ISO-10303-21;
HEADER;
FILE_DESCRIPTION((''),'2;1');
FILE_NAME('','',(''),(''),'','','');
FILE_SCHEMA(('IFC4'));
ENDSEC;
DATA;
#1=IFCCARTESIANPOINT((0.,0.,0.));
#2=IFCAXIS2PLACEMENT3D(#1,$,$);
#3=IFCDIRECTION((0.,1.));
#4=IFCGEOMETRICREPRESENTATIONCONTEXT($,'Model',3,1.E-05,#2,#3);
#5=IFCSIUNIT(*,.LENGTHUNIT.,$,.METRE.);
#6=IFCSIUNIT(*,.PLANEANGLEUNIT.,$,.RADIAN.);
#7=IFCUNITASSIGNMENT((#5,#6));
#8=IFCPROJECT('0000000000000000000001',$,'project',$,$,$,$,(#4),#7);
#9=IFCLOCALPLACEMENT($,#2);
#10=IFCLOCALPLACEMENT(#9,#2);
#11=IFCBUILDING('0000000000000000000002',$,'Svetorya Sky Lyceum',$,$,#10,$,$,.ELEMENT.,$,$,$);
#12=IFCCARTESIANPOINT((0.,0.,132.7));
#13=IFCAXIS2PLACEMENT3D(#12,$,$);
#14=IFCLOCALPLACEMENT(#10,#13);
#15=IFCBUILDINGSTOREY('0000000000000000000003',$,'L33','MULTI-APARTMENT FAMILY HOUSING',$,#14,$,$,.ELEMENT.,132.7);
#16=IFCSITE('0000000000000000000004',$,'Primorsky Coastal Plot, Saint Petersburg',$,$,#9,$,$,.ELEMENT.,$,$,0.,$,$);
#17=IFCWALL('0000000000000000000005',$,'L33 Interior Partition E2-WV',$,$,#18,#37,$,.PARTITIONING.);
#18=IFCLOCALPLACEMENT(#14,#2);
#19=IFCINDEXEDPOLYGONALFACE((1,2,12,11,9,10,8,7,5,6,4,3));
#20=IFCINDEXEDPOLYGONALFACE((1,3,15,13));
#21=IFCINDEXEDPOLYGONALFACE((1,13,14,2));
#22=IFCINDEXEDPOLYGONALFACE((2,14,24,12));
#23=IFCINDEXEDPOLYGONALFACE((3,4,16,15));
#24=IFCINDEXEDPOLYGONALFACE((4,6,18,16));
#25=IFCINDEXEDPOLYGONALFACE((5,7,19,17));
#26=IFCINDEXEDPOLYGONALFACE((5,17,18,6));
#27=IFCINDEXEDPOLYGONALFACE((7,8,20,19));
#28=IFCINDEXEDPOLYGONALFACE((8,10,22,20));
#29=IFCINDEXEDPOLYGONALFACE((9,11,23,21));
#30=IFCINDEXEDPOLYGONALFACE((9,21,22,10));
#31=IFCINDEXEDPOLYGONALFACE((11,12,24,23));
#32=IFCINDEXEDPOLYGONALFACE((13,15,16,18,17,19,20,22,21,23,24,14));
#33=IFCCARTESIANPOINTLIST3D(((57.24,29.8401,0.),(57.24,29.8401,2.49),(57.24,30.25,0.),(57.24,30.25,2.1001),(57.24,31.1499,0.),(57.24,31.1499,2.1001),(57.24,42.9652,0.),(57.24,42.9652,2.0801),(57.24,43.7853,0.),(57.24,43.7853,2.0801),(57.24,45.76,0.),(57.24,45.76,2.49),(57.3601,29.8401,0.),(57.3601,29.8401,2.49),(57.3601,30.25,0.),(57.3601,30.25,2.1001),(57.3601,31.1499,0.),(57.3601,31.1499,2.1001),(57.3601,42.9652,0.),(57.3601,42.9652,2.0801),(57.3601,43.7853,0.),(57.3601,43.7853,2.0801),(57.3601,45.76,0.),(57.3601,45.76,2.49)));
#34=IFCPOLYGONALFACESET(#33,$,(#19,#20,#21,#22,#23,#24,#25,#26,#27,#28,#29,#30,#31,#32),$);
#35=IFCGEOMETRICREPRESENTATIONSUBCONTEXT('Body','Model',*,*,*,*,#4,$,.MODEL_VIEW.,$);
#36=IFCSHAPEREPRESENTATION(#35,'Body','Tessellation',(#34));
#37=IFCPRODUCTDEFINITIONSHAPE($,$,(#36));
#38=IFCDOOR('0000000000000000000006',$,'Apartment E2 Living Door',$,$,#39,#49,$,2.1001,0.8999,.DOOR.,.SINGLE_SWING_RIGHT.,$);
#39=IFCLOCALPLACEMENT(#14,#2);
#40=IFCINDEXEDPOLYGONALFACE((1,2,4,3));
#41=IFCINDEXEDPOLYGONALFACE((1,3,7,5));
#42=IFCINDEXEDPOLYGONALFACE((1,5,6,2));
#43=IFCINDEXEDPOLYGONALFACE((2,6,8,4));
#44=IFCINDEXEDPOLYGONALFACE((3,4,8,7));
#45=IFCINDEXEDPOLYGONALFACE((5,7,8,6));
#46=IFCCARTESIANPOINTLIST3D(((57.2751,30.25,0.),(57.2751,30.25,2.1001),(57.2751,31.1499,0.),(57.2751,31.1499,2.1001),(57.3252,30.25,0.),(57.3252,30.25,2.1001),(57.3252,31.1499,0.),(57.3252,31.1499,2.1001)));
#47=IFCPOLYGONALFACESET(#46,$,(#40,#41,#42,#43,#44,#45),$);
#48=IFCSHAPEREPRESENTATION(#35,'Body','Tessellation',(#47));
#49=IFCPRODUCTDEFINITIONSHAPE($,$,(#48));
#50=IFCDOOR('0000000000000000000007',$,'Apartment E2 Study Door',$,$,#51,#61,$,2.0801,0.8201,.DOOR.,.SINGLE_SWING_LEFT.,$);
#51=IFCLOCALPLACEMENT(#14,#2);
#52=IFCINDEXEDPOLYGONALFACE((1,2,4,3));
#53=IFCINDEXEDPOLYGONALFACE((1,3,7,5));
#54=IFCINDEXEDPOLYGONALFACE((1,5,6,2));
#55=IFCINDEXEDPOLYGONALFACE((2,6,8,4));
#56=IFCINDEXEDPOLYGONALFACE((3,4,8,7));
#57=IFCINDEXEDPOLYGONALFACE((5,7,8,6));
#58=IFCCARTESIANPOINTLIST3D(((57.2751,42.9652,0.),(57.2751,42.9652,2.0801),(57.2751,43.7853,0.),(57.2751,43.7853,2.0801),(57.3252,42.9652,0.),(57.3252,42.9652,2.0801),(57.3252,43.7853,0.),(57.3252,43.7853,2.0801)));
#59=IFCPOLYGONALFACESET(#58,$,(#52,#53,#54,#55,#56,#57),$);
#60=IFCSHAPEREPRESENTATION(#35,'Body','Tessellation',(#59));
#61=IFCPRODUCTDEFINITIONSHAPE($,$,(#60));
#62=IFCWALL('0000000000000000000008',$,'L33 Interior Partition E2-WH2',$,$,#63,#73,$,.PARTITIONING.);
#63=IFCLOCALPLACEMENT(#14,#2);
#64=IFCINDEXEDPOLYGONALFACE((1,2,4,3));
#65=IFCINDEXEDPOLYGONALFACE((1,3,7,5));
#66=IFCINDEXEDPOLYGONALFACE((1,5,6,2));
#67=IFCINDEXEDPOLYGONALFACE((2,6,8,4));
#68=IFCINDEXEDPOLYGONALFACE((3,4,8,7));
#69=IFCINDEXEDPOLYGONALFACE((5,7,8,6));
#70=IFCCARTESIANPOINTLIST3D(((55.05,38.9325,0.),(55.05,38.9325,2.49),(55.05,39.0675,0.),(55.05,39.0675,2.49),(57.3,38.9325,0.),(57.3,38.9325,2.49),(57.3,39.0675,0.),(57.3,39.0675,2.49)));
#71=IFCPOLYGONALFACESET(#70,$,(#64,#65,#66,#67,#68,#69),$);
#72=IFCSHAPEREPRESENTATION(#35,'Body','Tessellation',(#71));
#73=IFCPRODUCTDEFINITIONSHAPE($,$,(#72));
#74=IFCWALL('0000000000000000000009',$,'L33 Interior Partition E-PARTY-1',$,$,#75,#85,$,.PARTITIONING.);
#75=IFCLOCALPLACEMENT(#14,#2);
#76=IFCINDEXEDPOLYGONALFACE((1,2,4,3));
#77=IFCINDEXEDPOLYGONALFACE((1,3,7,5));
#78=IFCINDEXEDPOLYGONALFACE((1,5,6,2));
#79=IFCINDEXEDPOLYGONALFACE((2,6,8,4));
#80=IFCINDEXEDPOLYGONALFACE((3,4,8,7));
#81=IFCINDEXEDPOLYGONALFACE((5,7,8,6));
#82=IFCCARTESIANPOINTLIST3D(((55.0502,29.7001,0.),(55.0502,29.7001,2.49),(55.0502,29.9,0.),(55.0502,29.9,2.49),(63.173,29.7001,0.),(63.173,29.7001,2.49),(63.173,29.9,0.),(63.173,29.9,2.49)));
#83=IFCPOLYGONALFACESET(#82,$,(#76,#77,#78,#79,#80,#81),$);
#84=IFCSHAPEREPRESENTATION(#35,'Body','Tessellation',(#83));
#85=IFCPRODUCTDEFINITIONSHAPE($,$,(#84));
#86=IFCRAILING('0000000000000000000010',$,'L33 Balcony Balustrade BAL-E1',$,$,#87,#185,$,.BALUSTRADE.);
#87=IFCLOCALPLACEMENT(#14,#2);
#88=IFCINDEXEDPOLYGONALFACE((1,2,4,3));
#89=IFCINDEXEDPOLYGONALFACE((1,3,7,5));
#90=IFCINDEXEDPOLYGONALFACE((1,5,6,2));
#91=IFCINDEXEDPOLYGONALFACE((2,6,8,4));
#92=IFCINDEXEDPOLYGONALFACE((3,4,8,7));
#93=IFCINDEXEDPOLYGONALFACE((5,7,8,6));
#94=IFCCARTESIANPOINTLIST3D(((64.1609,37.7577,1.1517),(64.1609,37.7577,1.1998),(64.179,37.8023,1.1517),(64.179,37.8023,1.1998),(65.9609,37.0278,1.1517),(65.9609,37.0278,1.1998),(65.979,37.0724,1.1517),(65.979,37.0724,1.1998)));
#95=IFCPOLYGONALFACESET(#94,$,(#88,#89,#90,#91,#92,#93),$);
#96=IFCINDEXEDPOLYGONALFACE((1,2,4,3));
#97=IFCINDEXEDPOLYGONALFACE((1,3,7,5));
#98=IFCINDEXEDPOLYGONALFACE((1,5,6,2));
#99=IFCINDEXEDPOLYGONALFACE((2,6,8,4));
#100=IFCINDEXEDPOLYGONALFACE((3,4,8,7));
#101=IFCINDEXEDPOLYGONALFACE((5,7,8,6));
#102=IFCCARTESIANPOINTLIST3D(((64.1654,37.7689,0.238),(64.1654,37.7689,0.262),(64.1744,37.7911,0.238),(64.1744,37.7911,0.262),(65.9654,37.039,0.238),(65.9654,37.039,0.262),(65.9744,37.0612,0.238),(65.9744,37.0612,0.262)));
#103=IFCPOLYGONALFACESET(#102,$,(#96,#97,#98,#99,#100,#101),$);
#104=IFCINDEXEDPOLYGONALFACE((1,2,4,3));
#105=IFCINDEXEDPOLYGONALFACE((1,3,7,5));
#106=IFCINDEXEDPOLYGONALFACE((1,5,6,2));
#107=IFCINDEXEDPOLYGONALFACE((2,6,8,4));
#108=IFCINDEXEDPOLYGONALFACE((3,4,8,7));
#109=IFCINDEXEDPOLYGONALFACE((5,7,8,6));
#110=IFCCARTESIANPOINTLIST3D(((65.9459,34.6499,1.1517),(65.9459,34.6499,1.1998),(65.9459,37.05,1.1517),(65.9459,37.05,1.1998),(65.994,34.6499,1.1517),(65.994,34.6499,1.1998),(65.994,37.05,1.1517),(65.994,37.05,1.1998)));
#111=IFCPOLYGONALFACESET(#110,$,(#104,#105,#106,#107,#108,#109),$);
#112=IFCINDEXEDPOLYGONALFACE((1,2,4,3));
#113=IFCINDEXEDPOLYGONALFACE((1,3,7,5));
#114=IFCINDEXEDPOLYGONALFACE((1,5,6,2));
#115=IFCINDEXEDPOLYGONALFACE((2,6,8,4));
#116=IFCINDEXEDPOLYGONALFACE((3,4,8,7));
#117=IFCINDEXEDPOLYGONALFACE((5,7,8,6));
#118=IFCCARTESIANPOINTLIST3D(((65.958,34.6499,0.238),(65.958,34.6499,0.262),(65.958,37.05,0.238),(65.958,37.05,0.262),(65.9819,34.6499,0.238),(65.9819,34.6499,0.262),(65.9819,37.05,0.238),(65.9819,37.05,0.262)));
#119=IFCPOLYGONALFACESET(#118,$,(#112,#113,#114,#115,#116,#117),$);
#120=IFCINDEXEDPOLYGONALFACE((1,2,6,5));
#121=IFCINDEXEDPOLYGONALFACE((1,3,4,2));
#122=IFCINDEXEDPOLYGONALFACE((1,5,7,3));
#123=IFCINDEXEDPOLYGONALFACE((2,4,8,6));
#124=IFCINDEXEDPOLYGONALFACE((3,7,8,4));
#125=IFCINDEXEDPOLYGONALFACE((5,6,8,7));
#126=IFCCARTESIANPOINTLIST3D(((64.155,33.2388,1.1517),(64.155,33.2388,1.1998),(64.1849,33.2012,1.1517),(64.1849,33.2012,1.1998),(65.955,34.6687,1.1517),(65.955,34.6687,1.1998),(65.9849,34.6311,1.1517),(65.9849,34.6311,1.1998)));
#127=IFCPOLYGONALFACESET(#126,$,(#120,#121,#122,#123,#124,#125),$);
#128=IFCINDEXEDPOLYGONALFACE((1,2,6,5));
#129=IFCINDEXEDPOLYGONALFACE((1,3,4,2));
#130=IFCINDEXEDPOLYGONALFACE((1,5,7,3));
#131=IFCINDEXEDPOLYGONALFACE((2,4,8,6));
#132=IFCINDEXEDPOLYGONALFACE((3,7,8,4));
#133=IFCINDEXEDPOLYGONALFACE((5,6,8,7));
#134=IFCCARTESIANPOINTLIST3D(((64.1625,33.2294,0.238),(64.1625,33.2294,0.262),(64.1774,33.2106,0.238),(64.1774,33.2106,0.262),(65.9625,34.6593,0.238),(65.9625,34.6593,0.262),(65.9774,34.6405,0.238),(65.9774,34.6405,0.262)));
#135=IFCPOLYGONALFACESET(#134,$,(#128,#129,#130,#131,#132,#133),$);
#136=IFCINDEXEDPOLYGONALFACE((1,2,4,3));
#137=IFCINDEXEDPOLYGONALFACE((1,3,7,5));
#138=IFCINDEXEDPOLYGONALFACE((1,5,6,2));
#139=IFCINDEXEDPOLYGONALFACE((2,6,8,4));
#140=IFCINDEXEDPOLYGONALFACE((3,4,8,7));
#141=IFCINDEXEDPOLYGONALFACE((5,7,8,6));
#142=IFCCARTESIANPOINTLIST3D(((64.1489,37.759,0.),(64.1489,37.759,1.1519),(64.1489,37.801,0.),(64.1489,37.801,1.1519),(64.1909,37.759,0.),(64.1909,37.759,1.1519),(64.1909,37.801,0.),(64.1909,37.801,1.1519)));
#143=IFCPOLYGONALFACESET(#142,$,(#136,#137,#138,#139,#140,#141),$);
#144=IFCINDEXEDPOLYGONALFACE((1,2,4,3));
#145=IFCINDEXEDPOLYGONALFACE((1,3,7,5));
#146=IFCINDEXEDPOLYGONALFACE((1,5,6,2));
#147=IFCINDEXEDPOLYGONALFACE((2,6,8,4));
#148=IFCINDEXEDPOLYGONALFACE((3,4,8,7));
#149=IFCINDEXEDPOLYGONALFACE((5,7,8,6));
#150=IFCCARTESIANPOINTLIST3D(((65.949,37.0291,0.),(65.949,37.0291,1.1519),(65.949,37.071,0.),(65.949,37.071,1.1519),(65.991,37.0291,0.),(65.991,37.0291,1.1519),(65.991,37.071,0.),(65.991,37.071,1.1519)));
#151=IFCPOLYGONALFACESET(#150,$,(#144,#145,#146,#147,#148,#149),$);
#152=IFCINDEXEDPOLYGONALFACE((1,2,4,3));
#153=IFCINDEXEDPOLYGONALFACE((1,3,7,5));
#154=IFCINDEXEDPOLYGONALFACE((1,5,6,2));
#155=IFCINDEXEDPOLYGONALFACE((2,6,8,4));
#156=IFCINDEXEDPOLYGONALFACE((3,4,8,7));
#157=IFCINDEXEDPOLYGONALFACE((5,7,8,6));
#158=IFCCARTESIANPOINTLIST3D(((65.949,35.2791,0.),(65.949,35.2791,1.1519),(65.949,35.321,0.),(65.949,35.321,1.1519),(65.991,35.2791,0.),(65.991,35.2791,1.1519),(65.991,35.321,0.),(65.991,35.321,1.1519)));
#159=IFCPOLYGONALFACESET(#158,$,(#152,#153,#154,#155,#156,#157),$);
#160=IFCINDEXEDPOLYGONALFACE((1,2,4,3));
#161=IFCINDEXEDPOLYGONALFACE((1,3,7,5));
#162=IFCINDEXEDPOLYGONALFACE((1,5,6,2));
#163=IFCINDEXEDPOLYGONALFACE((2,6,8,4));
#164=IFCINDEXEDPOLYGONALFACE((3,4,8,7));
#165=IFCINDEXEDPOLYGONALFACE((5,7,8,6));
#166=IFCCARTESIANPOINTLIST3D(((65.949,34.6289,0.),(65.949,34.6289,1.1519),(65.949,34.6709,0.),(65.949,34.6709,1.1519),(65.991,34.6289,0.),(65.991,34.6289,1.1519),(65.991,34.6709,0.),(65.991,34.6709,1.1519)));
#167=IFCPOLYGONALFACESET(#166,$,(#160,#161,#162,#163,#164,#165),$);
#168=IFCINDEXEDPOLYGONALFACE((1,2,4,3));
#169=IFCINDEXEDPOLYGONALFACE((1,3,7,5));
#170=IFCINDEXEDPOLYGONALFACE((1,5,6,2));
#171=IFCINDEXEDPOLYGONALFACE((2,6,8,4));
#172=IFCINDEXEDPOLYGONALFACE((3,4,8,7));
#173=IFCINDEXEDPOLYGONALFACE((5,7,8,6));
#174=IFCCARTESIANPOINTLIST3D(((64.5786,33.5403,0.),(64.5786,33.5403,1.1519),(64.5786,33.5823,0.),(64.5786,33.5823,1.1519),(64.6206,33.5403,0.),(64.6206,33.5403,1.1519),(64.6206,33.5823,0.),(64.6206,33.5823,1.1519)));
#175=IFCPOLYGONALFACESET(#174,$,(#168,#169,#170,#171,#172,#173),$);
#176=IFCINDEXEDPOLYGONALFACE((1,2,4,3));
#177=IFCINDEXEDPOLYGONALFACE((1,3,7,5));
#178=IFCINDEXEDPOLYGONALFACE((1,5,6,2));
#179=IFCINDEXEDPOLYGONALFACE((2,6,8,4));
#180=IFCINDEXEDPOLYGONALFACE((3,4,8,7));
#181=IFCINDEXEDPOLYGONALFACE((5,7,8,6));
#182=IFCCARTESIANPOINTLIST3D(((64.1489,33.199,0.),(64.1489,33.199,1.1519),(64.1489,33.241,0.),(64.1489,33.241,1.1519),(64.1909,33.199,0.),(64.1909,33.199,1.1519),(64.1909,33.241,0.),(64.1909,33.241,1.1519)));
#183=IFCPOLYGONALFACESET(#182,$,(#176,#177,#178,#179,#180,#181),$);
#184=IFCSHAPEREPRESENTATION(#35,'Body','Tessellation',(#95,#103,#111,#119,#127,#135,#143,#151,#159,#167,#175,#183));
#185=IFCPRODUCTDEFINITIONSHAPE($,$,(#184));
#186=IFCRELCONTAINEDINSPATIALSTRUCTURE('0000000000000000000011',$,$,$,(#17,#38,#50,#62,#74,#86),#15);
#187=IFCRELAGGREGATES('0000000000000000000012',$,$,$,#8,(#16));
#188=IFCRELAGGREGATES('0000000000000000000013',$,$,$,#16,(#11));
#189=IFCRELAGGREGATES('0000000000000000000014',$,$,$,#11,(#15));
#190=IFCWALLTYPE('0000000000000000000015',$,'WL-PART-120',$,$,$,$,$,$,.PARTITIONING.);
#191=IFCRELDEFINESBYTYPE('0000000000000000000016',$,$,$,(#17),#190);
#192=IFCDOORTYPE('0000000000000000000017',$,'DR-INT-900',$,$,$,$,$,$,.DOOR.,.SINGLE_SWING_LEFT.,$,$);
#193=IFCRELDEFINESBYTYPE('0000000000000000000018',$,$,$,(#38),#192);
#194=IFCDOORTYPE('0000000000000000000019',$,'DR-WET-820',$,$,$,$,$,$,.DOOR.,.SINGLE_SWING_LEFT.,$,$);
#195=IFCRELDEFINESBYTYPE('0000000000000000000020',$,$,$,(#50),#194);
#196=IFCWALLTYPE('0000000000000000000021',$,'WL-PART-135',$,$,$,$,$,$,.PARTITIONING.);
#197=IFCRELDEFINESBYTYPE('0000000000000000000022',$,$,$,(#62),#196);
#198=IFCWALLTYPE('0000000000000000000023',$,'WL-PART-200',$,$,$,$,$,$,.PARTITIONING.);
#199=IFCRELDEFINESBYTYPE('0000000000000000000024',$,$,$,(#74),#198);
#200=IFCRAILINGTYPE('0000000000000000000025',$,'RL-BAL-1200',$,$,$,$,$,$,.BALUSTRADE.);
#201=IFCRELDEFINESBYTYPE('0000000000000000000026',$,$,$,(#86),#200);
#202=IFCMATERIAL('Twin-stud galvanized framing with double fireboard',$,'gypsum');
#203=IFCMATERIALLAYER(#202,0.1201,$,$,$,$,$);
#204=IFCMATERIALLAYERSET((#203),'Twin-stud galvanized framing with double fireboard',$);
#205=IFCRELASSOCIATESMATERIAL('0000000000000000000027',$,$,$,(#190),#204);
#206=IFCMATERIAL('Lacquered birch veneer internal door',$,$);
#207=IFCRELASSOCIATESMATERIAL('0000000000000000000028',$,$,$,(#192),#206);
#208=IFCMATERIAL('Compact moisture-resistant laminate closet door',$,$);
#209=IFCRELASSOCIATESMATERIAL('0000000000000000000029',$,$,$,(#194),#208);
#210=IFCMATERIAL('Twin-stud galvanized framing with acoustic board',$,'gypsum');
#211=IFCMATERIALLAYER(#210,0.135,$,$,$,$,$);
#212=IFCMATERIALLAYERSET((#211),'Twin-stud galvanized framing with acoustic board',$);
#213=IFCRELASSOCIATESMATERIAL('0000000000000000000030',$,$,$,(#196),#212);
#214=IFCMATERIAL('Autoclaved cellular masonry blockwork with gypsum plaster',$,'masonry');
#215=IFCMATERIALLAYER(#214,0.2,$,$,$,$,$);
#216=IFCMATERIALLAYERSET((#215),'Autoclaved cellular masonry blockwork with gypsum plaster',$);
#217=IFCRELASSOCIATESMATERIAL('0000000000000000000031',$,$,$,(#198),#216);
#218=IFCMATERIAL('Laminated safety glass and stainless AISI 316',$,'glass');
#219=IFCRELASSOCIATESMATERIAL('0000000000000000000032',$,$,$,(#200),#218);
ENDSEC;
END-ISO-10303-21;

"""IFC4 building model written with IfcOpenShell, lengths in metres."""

from ifc_helpers import new_model, si_unit, direction, frame, frame_2d, origin, origin_2d, place, context, subcontext, project, spatial, rectangle, extrude, material, layer, layer_set, type_object, element, fill, save


model = new_model("IFC4")

# Units and contexts
model_context = context("Model", 3, precision=1e-05, world=origin(), true_north=direction((0.0, 1.0)))
body_context = subcontext(model_context, "Body", "Model", "MODEL_VIEW")
ifc_project = project(units=[si_unit("LENGTHUNIT", "METRE"), si_unit("PLANEANGLEUNIT", "RADIAN")], contexts=[model_context])

# Site, building, storey
site_placement = place(None, origin())
site = spatial("IfcSite", under=ifc_project, at=site_placement, Name="Primorsky Coastal Plot, Saint Petersburg", CompositionType="ELEMENT", RefElevation=0.0)
building_placement = place(site_placement, origin())
building = spatial("IfcBuilding", under=site, at=building_placement, Name="Svetorya Sky Lyceum", CompositionType="ELEMENT")
storey_placement = place(building_placement, frame((0.0, 0.0, 132.7)))
storey = spatial("IfcBuildingStorey", under=building, at=storey_placement, Name="L33", Description="MULTI-APARTMENT FAMILY HOUSING", CompositionType="ELEMENT", Elevation=132.7)

# Shared definitions
ifc_material_1 = material(Name="Twin-stud galvanized framing with double fireboard", Category="gypsum")
ifc_layer_1 = layer(ifc_material_1, 0.1201)
ifc_layer_set_1 = layer_set([ifc_layer_1], Name="Twin-stud galvanized framing with double fireboard")
wall_type_1 = type_object("IfcWallType", Name="WL-PART-120", PredefinedType="PARTITIONING", material=ifc_layer_set_1)
ifc_material_2 = material(Name="Lacquered birch veneer internal door")
door_type_1 = type_object("IfcDoorType", Name="DR-INT-900", OperationType="SINGLE_SWING_LEFT", PredefinedType="DOOR", material=ifc_material_2)

# Wall, openings, doors
wall_1_placement = place(storey_placement, frame((57.3, 29.8401, 0.0), z_axis=(0.0, 0.0, 1.0), x_axis=(0.0, 1.0, 0.0)))
wall_1 = element("IfcWall", 1, at=wall_1_placement, inside=storey, type_object=wall_type_1, Name="L33 Interior Partition E2-WV", PredefinedType="PARTITIONING", context=body_context, shape_type="SweptSolid", body=[
    extrude(rectangle(XDim=15.9199, YDim=0.1201, at=frame_2d((7.96, 0.0))), origin(), (0.0, 0.0, 1.0), 2.49),
])
opening_1_placement = place(wall_1_placement, frame((0.4099, 0.0, 0.0)))
opening_1 = element("IfcOpeningElement", 2, at=opening_1_placement, cuts=wall_1, PredefinedType="OPENING", context=body_context, shape_type="SweptSolid", body=[
    extrude(rectangle(XDim=0.8999, YDim=2.1001, at=frame_2d((0.45, 1.05))), frame((0.0, 0.0701, 0.0), z_axis=(0.0, -1.0, 0.0), x_axis=(1.0, 0.0, 0.0)), (0.0, 0.0, 1.0), 0.1401),
])
opening_2_placement = place(wall_1_placement, frame((13.125, 0.0, 0.0)))
opening_2 = element("IfcOpeningElement", 3, at=opening_2_placement, cuts=wall_1, PredefinedType="OPENING", context=body_context, shape_type="SweptSolid", body=[
    extrude(rectangle(XDim=0.8201, YDim=2.0801, at=frame_2d((0.4102, 1.04))), frame((0.0, 0.0701, 0.0), z_axis=(0.0, -1.0, 0.0), x_axis=(1.0, 0.0, 0.0)), (0.0, 0.0, 1.0), 0.1401),
])
door_1_placement = place(opening_1_placement, origin())
door_1 = element("IfcDoor", 4, at=door_1_placement, inside=storey, type_object=door_type_1, Name="Apartment E2 Living Door", OperationType="SINGLE_SWING_RIGHT", OverallHeight=2.1001, OverallWidth=0.8999, PredefinedType="DOOR", context=body_context, shape_type="SweptSolid", body=[
    extrude(rectangle(XDim=0.8999, YDim=2.1001, at=frame_2d((0.45, 1.05))), frame((0.0, 0.0249, 0.0), z_axis=(0.0, -1.0, 0.0), x_axis=(1.0, 0.0, 0.0)), (0.0, 0.0, 1.0), 0.05),
])
fill(opening_1, door_1)
ifc_material_3 = material(Name="Compact moisture-resistant laminate closet door")
door_type_2 = type_object("IfcDoorType", Name="DR-WET-820", OperationType="SINGLE_SWING_LEFT", PredefinedType="DOOR", material=ifc_material_3)
door_2_placement = place(opening_2_placement, origin())
door_2 = element("IfcDoor", 5, at=door_2_placement, inside=storey, type_object=door_type_2, Name="Apartment E2 Study Door", OperationType="SINGLE_SWING_LEFT", OverallHeight=2.0801, OverallWidth=0.8201, PredefinedType="DOOR", context=body_context, shape_type="SweptSolid", body=[
    extrude(rectangle(XDim=0.8201, YDim=2.0801, at=frame_2d((0.4102, 1.04))), frame((0.0, 0.0249, 0.0), z_axis=(0.0, -1.0, 0.0), x_axis=(1.0, 0.0, 0.0)), (0.0, 0.0, 1.0), 0.05),
])
fill(opening_2, door_2)

# Walls
ifc_material_4 = material(Name="Twin-stud galvanized framing with acoustic board", Category="gypsum")
ifc_layer_2 = layer(ifc_material_4, 0.135)
ifc_layer_set_2 = layer_set([ifc_layer_2], Name="Twin-stud galvanized framing with acoustic board")
wall_type_2 = type_object("IfcWallType", Name="WL-PART-135", PredefinedType="PARTITIONING", material=ifc_layer_set_2)
wall_2_placement = place(storey_placement, frame((55.05, 39.0, 0.0), z_axis=(0.0, 0.0, 1.0), x_axis=(1.0, 0.0, 0.0)))
element("IfcWall", 6, at=wall_2_placement, inside=storey, type_object=wall_type_2, Name="L33 Interior Partition E2-WH2", PredefinedType="PARTITIONING", context=body_context, shape_type="SweptSolid", body=[
    extrude(rectangle(XDim=2.25, YDim=0.135, at=frame_2d((1.125, 0.0))), origin(), (0.0, 0.0, 1.0), 2.49),
])
ifc_material_5 = material(Name="Autoclaved cellular masonry blockwork with gypsum plaster", Category="masonry")
ifc_layer_3 = layer(ifc_material_5, 0.2)
ifc_layer_set_3 = layer_set([ifc_layer_3], Name="Autoclaved cellular masonry blockwork with gypsum plaster")
wall_type_3 = type_object("IfcWallType", Name="WL-PART-200", PredefinedType="PARTITIONING", material=ifc_layer_set_3)
wall_3_placement = place(storey_placement, frame((55.05, 29.8, 0.0), z_axis=(0.0, 0.0, 1.0), x_axis=(1.0, 0.0, 0.0)))
element("IfcWall", 7, at=wall_3_placement, inside=storey, type_object=wall_type_3, Name="L33 Interior Partition E-PARTY-1", PredefinedType="PARTITIONING", context=body_context, shape_type="SweptSolid", body=[
    extrude(rectangle(XDim=8.1228, YDim=0.2, at=frame_2d((4.0615, 0.0))), origin(), (0.0, 0.0, 1.0), 2.49),
])

# Railing
ifc_material_6 = material(Name="Laminated safety glass and stainless AISI 316", Category="glass")
railing_type = type_object("IfcRailingType", Name="RL-BAL-1200", PredefinedType="BALUSTRADE", material=ifc_material_6)
railing_placement = place(storey_placement, frame((64.1699, 37.78, 0.0)))
element("IfcRailing", 8, at=railing_placement, inside=storey, type_object=railing_type, Name="L33 Balcony Balustrade BAL-E1", PredefinedType="BALUSTRADE", context=body_context, shape_type="SweptSolid", body=[
    extrude(rectangle(XDim=0.0481, YDim=0.0481, at=origin_2d()), frame((0.0, 0.0, 1.1758), z_axis=(0.926698, -0.375807, 0.0), x_axis=(0.375807, 0.926698, 0.0)), (0.0, 0.0, 1.0), 1.9424),
    extrude(rectangle(XDim=0.0239, YDim=0.0239, at=origin_2d()), frame((0.0, 0.0, 0.25), z_axis=(0.926698, -0.375807, 0.0), x_axis=(0.375807, 0.926698, 0.0)), (0.0, 0.0, 1.0), 1.9424),
    extrude(rectangle(XDim=0.0481, YDim=0.0481, at=origin_2d()), frame((1.8, -0.73, 1.1758), z_axis=(0.0, -1.0, 0.0), x_axis=(1.0, 0.0, 0.0)), (0.0, 0.0, 1.0), 2.4001),
    extrude(rectangle(XDim=0.0239, YDim=0.0239, at=origin_2d()), frame((1.8, -0.73, 0.25), z_axis=(0.0, -1.0, 0.0), x_axis=(1.0, 0.0, 0.0)), (0.0, 0.0, 1.0), 2.4001),
    extrude(rectangle(XDim=0.0481, YDim=0.0481, at=origin_2d()), frame((1.8, -3.1301, 1.1758), z_axis=(-0.783009, -0.62201, 0.0), x_axis=(0.62201, -0.783009, 0.0)), (0.0, 0.0, 1.0), 2.2988),
    extrude(rectangle(XDim=0.0239, YDim=0.0239, at=origin_2d()), frame((1.8, -3.1301, 0.25), z_axis=(-0.783009, -0.62201, 0.0), x_axis=(0.62201, -0.783009, 0.0)), (0.0, 0.0, 1.0), 2.2988),
    extrude(rectangle(XDim=0.042, YDim=0.042, at=origin_2d()), origin(), (0.0, 0.0, 1.0), 1.1519),
    extrude(rectangle(XDim=0.042, YDim=0.042, at=origin_2d()), frame((1.8, -0.73, 0.0)), (0.0, 0.0, 1.0), 1.1519),
    extrude(rectangle(XDim=0.042, YDim=0.042, at=origin_2d()), frame((1.8, -2.48, 0.0)), (0.0, 0.0, 1.0), 1.1519),
    extrude(rectangle(XDim=0.042, YDim=0.042, at=origin_2d()), frame((1.8, -3.1301, 0.0)), (0.0, 0.0, 1.0), 1.1519),
    extrude(rectangle(XDim=0.042, YDim=0.042, at=origin_2d()), frame((0.4297, -4.2188, 0.0)), (0.0, 0.0, 1.0), 1.1519),
    extrude(rectangle(XDim=0.042, YDim=0.042, at=origin_2d()), frame((0.0, -4.5601, 0.0)), (0.0, 0.0, 1.0), 1.1519),
])

save(model, "model.ifc")
